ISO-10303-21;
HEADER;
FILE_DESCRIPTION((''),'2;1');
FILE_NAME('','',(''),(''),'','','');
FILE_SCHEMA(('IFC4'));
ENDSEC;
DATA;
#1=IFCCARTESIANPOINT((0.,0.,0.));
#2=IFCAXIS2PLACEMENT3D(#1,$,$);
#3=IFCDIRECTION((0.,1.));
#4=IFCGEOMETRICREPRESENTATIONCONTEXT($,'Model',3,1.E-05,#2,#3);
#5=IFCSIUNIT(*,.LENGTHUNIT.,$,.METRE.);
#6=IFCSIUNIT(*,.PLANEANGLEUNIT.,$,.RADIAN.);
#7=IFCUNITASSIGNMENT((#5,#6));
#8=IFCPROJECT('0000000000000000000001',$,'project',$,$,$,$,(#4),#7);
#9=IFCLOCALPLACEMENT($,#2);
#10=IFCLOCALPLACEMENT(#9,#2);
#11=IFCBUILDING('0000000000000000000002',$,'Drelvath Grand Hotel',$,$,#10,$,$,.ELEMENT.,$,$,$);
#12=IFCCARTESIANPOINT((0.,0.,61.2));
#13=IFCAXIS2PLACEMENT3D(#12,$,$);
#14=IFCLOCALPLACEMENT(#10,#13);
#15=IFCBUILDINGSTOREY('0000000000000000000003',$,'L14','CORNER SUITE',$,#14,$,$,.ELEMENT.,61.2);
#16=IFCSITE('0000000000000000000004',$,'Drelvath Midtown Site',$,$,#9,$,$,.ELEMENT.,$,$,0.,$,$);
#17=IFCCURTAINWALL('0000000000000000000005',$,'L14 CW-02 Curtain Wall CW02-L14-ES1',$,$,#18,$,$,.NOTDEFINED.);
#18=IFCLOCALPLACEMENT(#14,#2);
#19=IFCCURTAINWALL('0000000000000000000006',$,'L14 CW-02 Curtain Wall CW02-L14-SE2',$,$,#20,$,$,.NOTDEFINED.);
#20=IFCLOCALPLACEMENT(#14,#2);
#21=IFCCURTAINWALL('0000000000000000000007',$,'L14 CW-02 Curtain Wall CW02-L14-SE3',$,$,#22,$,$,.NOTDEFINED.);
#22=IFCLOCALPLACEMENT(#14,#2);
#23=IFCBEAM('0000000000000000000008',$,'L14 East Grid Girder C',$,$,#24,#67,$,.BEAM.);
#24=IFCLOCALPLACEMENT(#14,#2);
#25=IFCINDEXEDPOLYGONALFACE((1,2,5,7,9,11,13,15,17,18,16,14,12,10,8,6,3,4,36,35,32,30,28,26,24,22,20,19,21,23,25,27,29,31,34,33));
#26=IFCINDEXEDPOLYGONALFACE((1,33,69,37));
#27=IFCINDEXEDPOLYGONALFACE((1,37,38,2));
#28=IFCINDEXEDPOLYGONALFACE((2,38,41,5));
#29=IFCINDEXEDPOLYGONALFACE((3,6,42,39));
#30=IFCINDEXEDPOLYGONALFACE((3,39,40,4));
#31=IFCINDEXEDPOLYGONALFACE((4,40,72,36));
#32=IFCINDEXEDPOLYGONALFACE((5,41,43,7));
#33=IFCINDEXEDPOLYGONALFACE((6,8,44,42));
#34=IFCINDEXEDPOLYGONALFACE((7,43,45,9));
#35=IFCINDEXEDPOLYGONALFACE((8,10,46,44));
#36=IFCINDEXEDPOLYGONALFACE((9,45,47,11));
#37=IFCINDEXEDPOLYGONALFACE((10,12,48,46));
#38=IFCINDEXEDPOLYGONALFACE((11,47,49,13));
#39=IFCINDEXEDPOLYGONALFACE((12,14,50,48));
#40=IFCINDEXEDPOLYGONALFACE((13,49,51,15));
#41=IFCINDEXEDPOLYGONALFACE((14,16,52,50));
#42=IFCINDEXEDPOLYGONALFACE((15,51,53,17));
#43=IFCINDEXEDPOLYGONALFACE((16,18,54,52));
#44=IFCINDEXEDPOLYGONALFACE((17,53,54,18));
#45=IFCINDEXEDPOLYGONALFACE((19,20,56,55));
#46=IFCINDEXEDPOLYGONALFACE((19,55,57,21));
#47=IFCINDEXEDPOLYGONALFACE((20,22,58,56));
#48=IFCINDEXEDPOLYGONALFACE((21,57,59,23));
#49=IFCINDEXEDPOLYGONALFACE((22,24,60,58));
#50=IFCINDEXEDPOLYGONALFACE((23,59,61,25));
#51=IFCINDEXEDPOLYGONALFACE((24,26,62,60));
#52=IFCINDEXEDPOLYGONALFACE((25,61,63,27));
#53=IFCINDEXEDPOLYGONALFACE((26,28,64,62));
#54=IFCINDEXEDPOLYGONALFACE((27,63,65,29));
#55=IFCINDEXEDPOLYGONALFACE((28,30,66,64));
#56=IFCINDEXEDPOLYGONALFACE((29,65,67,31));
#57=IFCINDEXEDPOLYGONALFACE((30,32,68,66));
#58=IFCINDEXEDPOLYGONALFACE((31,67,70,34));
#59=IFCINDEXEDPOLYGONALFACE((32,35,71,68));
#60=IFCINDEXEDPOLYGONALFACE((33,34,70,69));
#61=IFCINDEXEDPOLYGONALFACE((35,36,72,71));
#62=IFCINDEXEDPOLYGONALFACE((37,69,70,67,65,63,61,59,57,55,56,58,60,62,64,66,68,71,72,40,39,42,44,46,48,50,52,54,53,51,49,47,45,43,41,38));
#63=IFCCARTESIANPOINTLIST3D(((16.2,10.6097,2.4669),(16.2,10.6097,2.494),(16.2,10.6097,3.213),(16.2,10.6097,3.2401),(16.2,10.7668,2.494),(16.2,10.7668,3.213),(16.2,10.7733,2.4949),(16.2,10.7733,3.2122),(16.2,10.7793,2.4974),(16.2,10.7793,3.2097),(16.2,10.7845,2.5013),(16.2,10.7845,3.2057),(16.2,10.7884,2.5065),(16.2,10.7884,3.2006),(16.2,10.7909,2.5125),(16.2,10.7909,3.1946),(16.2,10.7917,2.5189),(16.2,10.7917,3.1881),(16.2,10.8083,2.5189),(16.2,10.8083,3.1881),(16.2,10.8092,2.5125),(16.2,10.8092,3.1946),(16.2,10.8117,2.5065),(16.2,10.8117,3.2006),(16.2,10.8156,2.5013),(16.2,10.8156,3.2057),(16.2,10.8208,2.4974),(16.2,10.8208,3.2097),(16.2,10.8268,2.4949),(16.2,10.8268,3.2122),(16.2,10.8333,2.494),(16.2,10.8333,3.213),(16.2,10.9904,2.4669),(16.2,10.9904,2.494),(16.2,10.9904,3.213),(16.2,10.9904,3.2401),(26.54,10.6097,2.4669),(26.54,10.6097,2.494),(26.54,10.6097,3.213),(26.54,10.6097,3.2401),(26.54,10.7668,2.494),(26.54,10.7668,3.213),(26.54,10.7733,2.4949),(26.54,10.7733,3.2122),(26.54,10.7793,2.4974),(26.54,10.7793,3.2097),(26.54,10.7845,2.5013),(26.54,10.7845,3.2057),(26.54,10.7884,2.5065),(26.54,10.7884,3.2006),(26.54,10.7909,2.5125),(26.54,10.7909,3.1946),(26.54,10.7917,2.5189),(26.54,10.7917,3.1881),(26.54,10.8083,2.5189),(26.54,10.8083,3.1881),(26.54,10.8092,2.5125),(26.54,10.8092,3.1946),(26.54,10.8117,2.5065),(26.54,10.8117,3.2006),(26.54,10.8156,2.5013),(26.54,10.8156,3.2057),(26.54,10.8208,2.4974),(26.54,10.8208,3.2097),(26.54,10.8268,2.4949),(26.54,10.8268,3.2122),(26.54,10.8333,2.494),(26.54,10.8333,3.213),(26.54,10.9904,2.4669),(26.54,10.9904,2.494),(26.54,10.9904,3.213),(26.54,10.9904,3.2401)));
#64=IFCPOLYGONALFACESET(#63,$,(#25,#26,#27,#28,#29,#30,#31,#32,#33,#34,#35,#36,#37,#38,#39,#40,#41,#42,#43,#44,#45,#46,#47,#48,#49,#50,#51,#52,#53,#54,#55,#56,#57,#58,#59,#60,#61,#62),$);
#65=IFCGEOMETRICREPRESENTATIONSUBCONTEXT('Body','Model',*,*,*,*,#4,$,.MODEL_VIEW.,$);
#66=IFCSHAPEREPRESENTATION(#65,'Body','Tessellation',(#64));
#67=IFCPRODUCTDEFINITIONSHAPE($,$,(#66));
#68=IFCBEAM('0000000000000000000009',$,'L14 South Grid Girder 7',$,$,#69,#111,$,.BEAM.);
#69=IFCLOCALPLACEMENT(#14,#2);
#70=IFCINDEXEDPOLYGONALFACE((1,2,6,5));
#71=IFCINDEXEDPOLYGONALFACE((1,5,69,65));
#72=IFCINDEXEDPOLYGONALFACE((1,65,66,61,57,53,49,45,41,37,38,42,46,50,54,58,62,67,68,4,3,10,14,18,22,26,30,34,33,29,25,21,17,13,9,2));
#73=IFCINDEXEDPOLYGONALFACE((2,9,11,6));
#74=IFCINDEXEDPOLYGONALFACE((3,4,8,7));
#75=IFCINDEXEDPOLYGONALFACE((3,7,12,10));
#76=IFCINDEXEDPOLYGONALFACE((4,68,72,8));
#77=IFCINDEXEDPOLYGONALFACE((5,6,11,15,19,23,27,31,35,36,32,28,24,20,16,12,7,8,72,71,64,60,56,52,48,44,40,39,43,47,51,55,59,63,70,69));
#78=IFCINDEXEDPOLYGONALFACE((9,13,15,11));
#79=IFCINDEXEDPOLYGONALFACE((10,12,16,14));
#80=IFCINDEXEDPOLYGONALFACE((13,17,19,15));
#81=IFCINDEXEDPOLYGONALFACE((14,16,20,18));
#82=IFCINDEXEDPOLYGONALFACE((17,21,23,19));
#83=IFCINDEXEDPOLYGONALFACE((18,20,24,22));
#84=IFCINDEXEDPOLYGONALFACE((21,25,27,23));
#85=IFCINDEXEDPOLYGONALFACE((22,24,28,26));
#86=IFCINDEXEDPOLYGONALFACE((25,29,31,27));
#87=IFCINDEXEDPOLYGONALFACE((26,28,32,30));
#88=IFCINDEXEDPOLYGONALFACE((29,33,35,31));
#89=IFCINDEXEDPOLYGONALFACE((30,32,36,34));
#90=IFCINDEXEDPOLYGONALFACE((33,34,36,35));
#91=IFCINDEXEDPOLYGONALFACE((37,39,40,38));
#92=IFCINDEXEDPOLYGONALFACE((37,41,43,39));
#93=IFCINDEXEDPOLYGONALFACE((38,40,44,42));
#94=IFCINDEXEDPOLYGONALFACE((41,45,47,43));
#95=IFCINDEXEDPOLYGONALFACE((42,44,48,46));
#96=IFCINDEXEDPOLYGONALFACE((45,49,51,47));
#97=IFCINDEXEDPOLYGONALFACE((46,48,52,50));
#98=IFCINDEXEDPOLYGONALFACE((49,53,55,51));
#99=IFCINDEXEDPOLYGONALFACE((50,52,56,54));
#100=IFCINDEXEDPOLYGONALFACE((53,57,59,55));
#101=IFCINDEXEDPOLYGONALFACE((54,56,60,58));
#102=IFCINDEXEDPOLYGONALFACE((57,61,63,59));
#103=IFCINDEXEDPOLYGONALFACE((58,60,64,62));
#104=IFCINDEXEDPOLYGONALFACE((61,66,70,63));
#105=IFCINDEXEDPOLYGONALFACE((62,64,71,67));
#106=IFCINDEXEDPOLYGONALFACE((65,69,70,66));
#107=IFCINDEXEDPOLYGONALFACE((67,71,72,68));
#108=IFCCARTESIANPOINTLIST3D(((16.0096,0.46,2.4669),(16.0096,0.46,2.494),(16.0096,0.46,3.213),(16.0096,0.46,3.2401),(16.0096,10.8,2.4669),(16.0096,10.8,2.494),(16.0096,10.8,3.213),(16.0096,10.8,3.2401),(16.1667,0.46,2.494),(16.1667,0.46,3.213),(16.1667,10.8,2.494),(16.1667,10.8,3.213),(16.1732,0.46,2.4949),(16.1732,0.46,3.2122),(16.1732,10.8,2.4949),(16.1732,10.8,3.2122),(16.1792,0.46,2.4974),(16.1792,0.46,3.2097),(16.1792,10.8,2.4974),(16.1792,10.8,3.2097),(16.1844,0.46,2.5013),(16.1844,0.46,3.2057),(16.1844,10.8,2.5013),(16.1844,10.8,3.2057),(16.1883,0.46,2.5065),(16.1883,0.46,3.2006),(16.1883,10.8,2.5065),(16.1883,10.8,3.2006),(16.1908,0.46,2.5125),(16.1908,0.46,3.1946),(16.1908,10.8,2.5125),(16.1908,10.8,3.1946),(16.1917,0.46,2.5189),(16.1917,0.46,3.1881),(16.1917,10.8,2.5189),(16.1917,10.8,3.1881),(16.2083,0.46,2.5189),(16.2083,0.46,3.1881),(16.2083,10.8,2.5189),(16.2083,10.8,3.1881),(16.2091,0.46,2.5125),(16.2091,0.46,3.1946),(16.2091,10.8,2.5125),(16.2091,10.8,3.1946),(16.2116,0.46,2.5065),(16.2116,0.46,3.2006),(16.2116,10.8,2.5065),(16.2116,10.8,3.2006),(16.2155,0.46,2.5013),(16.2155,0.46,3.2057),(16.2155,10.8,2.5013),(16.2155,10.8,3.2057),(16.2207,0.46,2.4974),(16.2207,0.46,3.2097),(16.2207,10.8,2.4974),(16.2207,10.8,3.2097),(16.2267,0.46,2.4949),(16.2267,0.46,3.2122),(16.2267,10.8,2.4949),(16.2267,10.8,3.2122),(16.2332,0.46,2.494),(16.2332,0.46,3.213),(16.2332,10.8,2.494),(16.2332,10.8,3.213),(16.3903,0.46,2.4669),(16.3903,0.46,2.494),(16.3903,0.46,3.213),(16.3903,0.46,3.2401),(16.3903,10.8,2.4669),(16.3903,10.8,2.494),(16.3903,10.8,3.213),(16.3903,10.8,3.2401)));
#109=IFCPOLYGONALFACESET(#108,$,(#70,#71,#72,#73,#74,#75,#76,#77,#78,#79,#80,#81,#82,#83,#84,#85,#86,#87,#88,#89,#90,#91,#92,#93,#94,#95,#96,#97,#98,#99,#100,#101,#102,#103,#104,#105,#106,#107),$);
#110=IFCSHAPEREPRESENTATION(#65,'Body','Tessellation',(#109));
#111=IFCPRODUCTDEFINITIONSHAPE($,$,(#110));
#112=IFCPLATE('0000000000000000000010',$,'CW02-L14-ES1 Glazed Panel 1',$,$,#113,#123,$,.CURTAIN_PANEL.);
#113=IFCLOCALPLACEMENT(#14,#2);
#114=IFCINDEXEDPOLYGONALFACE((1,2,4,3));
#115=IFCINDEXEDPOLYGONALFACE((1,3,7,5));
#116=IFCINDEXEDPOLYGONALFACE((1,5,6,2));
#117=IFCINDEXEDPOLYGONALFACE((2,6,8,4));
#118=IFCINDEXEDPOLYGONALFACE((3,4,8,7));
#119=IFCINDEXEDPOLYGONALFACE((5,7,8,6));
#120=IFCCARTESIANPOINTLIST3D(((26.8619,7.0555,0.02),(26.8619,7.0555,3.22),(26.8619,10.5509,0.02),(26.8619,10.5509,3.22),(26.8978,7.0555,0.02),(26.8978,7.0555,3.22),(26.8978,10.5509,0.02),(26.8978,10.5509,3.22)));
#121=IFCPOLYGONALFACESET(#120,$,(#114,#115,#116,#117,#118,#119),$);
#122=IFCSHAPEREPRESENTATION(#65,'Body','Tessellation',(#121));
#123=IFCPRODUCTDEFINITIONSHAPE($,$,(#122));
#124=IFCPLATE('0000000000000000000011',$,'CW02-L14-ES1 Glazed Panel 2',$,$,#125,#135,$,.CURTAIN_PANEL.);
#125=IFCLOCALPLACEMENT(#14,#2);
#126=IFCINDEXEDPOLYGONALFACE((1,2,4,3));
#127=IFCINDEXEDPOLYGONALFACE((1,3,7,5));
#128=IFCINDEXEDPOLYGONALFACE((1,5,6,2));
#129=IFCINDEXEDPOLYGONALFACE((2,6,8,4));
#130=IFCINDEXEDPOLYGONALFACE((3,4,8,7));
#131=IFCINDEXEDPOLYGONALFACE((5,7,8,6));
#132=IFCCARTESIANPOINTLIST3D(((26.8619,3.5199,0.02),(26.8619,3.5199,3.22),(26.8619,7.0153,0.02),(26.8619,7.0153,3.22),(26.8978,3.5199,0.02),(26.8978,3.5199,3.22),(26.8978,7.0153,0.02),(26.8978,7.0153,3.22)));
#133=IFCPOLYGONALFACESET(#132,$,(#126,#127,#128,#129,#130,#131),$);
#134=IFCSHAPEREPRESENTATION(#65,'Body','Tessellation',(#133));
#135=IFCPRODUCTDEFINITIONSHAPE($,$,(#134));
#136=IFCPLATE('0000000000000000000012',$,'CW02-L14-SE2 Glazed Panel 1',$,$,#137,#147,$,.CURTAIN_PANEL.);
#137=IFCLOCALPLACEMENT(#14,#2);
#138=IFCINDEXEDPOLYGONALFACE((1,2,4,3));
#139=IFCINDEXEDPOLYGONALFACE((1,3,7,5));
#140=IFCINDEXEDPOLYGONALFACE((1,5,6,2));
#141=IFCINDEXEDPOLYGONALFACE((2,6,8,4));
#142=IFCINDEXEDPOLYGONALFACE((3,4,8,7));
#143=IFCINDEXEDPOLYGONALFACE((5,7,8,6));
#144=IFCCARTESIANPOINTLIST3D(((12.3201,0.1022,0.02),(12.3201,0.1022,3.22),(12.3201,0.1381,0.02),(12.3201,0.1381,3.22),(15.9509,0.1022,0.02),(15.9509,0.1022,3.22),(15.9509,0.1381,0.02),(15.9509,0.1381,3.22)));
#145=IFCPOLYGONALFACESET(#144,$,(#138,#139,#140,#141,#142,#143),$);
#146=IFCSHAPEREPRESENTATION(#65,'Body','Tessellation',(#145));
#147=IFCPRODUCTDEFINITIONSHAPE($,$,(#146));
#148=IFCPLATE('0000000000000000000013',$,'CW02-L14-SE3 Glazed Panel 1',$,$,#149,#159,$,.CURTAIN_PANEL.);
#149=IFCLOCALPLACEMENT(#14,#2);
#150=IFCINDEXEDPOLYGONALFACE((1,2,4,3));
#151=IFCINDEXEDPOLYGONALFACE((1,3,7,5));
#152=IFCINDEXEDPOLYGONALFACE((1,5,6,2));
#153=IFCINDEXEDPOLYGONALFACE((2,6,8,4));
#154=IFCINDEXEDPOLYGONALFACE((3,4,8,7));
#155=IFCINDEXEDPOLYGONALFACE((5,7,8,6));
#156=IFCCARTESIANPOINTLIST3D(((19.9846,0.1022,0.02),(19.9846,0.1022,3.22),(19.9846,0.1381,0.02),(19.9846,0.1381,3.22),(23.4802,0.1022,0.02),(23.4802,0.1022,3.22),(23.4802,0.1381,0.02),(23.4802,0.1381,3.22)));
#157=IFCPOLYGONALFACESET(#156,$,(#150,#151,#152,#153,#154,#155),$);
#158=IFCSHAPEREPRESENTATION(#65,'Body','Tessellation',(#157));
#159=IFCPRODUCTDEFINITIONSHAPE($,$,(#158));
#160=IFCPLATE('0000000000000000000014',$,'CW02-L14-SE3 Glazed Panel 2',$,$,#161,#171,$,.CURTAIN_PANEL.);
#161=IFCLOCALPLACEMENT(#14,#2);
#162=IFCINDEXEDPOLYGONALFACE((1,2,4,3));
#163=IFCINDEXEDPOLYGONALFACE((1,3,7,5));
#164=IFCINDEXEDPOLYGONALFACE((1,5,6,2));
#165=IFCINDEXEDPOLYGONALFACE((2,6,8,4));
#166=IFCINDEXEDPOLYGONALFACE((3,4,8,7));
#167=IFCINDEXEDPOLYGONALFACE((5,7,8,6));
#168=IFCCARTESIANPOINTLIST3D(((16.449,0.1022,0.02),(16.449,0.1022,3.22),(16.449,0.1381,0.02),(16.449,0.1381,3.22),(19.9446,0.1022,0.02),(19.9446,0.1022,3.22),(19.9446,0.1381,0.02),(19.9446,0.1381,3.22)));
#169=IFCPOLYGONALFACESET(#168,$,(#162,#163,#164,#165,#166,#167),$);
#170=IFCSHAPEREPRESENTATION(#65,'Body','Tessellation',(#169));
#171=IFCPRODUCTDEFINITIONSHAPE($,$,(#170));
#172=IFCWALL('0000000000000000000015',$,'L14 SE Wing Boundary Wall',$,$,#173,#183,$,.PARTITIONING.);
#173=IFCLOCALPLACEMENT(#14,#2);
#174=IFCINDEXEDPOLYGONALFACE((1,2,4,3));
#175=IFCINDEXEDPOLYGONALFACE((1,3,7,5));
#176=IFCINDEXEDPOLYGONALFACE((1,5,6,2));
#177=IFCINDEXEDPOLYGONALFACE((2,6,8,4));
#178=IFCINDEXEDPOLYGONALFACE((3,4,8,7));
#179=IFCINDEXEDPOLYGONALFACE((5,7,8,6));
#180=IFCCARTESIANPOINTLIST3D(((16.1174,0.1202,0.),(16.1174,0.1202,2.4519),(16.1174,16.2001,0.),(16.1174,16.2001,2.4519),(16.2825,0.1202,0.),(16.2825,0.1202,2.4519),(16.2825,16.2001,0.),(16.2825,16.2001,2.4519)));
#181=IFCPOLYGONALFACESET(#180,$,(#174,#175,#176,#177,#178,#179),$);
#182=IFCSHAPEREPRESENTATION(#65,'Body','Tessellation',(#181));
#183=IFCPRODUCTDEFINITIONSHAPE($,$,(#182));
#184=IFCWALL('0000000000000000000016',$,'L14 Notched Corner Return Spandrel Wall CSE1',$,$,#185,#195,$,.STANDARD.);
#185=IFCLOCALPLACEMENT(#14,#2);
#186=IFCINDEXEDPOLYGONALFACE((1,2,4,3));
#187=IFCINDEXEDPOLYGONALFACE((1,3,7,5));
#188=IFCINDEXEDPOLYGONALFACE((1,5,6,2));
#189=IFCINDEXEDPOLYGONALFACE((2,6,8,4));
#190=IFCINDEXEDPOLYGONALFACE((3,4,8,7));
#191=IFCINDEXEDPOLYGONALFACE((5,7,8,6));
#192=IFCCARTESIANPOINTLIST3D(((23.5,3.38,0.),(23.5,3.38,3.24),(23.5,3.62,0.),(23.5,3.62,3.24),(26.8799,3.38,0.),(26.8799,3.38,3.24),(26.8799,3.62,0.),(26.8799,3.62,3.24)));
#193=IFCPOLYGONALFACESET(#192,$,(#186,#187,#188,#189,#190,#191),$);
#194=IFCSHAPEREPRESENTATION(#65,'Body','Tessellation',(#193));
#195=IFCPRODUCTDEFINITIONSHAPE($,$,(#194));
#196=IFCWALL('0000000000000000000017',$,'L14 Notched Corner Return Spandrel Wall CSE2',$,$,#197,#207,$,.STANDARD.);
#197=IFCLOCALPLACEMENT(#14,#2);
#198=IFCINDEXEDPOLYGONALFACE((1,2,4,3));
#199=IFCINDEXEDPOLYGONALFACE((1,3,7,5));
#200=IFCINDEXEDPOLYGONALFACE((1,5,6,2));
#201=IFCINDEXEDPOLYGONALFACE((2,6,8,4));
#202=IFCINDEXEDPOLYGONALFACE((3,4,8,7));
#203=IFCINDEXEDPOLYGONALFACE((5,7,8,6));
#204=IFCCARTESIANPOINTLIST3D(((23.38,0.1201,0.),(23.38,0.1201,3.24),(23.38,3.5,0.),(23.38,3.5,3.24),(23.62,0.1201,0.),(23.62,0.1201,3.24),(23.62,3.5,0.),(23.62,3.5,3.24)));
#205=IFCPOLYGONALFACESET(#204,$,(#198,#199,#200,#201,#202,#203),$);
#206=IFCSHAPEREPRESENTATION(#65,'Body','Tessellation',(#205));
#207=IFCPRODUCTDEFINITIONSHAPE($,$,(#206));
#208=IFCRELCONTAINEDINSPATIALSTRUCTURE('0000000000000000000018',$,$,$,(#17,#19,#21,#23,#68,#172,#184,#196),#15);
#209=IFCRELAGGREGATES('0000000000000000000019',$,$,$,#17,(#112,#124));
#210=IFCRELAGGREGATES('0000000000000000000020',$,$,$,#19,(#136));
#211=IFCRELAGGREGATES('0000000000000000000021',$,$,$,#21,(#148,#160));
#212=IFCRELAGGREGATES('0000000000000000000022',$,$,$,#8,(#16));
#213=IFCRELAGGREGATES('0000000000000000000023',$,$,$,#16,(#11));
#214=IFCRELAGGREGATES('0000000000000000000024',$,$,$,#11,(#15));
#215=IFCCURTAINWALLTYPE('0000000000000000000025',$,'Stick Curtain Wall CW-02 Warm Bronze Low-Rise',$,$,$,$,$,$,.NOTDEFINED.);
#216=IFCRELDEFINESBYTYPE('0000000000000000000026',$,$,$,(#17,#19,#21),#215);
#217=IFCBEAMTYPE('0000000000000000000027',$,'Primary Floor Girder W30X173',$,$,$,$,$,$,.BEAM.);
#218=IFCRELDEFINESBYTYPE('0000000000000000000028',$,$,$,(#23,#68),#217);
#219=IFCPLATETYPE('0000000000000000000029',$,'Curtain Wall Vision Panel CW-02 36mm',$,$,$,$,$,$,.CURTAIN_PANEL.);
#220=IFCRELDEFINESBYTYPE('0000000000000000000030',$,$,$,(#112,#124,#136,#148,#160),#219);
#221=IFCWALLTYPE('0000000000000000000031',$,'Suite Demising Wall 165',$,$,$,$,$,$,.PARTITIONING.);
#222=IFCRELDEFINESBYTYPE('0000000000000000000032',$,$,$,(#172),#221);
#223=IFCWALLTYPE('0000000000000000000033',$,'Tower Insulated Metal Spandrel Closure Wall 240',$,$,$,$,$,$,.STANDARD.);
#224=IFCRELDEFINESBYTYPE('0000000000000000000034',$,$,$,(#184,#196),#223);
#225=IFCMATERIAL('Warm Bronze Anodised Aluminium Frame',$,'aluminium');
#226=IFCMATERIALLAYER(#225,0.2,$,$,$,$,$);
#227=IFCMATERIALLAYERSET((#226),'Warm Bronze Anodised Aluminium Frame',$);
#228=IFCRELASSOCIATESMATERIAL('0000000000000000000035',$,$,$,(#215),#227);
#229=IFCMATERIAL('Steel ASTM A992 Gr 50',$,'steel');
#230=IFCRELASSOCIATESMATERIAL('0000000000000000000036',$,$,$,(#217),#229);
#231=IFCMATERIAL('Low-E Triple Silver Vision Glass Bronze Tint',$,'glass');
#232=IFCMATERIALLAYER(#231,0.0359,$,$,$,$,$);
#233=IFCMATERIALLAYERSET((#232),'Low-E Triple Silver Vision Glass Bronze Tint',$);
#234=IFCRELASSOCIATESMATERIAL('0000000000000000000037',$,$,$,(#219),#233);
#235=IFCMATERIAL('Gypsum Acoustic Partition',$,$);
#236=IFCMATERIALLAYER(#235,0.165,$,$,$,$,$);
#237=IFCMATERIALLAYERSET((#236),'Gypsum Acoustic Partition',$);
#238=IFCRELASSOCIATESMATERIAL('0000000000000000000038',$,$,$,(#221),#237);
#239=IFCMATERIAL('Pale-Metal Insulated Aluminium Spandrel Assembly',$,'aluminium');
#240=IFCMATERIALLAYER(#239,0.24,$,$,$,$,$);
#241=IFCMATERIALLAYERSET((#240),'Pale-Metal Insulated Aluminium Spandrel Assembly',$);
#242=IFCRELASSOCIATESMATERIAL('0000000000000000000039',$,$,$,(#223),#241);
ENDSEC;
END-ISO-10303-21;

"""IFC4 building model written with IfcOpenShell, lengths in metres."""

from ifc_helpers import new_model, si_unit, direction, frame, frame_2d, origin, origin_2d, place, context, subcontext, project, spatial, rectangle, i_section, extrude, material, layer, layer_set, material_profile, profile_set, type_object, element, aggregate, save


model = new_model("IFC4")

# Units and contexts
model_context = context("Model", 3, precision=1e-05, world=origin(), true_north=direction((0.0, 1.0)))
body_context = subcontext(model_context, "Body", "Model", "MODEL_VIEW")
ifc_project = project(units=[si_unit("LENGTHUNIT", "METRE"), si_unit("PLANEANGLEUNIT", "RADIAN")], contexts=[model_context])

# Site, building, storey
site_placement = place(None, origin())
site = spatial("IfcSite", under=ifc_project, at=site_placement, Name="Drelvath Midtown Site", CompositionType="ELEMENT", RefElevation=0.0)
building_placement = place(site_placement, origin())
building = spatial("IfcBuilding", under=site, at=building_placement, Name="Drelvath Grand Hotel", CompositionType="ELEMENT")
storey_placement = place(building_placement, frame((0.0, 0.0, 61.2)))
storey = spatial("IfcBuildingStorey", under=building, at=storey_placement, Name="L14", Description="CORNER SUITE", CompositionType="ELEMENT", Elevation=61.2)

# Shared definitions
ifc_material_1 = material(Name="Steel ASTM A992 Gr 50", Category="steel")

# Curtain walls
ifc_material_2 = material(Name="Warm Bronze Anodised Aluminium Frame", Category="aluminium")
ifc_layer_1 = layer(ifc_material_2, 0.2)
ifc_layer_set_1 = layer_set([ifc_layer_1], Name="Warm Bronze Anodised Aluminium Frame")
curtain_wall_type = type_object("IfcCurtainWallType", Name="Stick Curtain Wall CW-02 Warm Bronze Low-Rise", PredefinedType="NOTDEFINED", material=ifc_layer_set_1)
curtain_wall_1_placement = place(storey_placement, origin())
curtain_wall_1 = element("IfcCurtainWall", 1, at=curtain_wall_1_placement, inside=storey, type_object=curtain_wall_type, Name="L14 CW-02 Curtain Wall CW02-L14-ES1", PredefinedType="NOTDEFINED")
curtain_wall_2_placement = place(storey_placement, origin())
curtain_wall_2 = element("IfcCurtainWall", 2, at=curtain_wall_2_placement, inside=storey, type_object=curtain_wall_type, Name="L14 CW-02 Curtain Wall CW02-L14-SE2", PredefinedType="NOTDEFINED")
curtain_wall_3_placement = place(storey_placement, origin())
curtain_wall_3 = element("IfcCurtainWall", 3, at=curtain_wall_3_placement, inside=storey, type_object=curtain_wall_type, Name="L14 CW-02 Curtain Wall CW02-L14-SE3", PredefinedType="NOTDEFINED")

# Beams
ifc_material_profile_1 = material_profile(ifc_material_1, i_section(OverallWidth=0.3806, OverallDepth=0.7732, WebThickness=0.0166, FlangeThickness=0.0271, FilletRadius=0.0249, at=origin_2d()), Name="W30X173")
ifc_profile_set_1 = profile_set([ifc_material_profile_1], Name="Steel ASTM A992 Gr 50")
beam_type_1 = type_object("IfcBeamType", Name="Primary Floor Girder W30X173", PredefinedType="BEAM", material=ifc_profile_set_1)
for number, where, z_axis, x_axis, name in (
    (4, (16.2, 10.8, 2.8535), (1.0, 0.0, 0.0), (0.0, 1.0, 0.0), "L14 East Grid Girder C"),
    (5, (16.2, 0.46, 2.8535), (0.0, 1.0, 0.0), (-1.0, 0.0, 0.0), "L14 South Grid Girder 7"),
):
    element("IfcBeam", number, at=place(storey_placement, frame(where, z_axis=z_axis, x_axis=x_axis)), inside=storey, type_object=beam_type_1, Name=name, PredefinedType="BEAM", context=body_context, shape_type="SweptSolid", body=[
        extrude(i_section(OverallWidth=0.3806, OverallDepth=0.7732, WebThickness=0.0166, FlangeThickness=0.0271, FilletRadius=0.0249, at=origin_2d()), origin(), (0.0, 0.0, 1.0), 10.3401),
    ])

# Plates
ifc_material_3 = material(Name="Low-E Triple Silver Vision Glass Bronze Tint", Category="glass")
ifc_layer_2 = layer(ifc_material_3, 0.0359)
ifc_layer_set_2 = layer_set([ifc_layer_2], Name="Low-E Triple Silver Vision Glass Bronze Tint")
plate_type = type_object("IfcPlateType", Name="Curtain Wall Vision Panel CW-02 36mm", PredefinedType="CURTAIN_PANEL", material=ifc_layer_set_2)
plate_1_placement = place(storey_placement, frame((26.8799, 8.8032, 0.02), z_axis=(0.0, 0.0, 1.0), x_axis=(0.0, -1.0, 0.0)))
plate_1 = element("IfcPlate", 6, at=plate_1_placement, type_object=plate_type, Name="CW02-L14-ES1 Glazed Panel 1", PredefinedType="CURTAIN_PANEL", context=body_context, shape_type="SweptSolid", body=[
    extrude(rectangle(XDim=3.4954, YDim=0.0359, at=origin_2d()), origin(), (0.0, 0.0, 1.0), 3.2),
])
plate_2_placement = place(storey_placement, frame((26.8799, 5.2676, 0.02), z_axis=(0.0, 0.0, 1.0), x_axis=(0.0, -1.0, 0.0)))
plate_2 = element("IfcPlate", 7, at=plate_2_placement, type_object=plate_type, Name="CW02-L14-ES1 Glazed Panel 2", PredefinedType="CURTAIN_PANEL", context=body_context, shape_type="SweptSolid", body=[
    extrude(rectangle(XDim=3.4954, YDim=0.0359, at=origin_2d()), origin(), (0.0, 0.0, 1.0), 3.2),
])
aggregate(curtain_wall_1, [plate_1, plate_2])
plate_3_placement = place(storey_placement, frame((14.1355, 0.1201, 0.02), z_axis=(0.0, 0.0, 1.0), x_axis=(-1.0, 0.0, 0.0)))
plate_3 = element("IfcPlate", 8, at=plate_3_placement, type_object=plate_type, Name="CW02-L14-SE2 Glazed Panel 1", PredefinedType="CURTAIN_PANEL", context=body_context, shape_type="SweptSolid", body=[
    extrude(rectangle(XDim=3.6309, YDim=0.0359, at=origin_2d()), origin(), (0.0, 0.0, 1.0), 3.2),
])
aggregate(curtain_wall_2, [plate_3])
plate_4_placement = place(storey_placement, frame((21.7324, 0.1201, 0.02), z_axis=(0.0, 0.0, 1.0), x_axis=(-1.0, 0.0, 0.0)))
plate_4 = element("IfcPlate", 9, at=plate_4_placement, type_object=plate_type, Name="CW02-L14-SE3 Glazed Panel 1", PredefinedType="CURTAIN_PANEL", context=body_context, shape_type="SweptSolid", body=[
    extrude(rectangle(XDim=3.4956, YDim=0.0359, at=origin_2d()), origin(), (0.0, 0.0, 1.0), 3.2),
])
plate_5_placement = place(storey_placement, frame((18.1968, 0.1201, 0.02), z_axis=(0.0, 0.0, 1.0), x_axis=(-1.0, 0.0, 0.0)))
plate_5 = element("IfcPlate", 10, at=plate_5_placement, type_object=plate_type, Name="CW02-L14-SE3 Glazed Panel 2", PredefinedType="CURTAIN_PANEL", context=body_context, shape_type="SweptSolid", body=[
    extrude(rectangle(XDim=3.4956, YDim=0.0359, at=origin_2d()), origin(), (0.0, 0.0, 1.0), 3.2),
])
aggregate(curtain_wall_3, [plate_4, plate_5])

# Walls
ifc_material_4 = material(Name="Gypsum Acoustic Partition")
ifc_layer_3 = layer(ifc_material_4, 0.165)
ifc_layer_set_3 = layer_set([ifc_layer_3], Name="Gypsum Acoustic Partition")
wall_type_1 = type_object("IfcWallType", Name="Suite Demising Wall 165", PredefinedType="PARTITIONING", material=ifc_layer_set_3)
wall_placement = place(storey_placement, frame((16.2, 0.1201, 0.0), z_axis=(0.0, 0.0, 1.0), x_axis=(0.0, 1.0, 0.0)))
element("IfcWall", 11, at=wall_placement, inside=storey, type_object=wall_type_1, Name="L14 SE Wing Boundary Wall", PredefinedType="PARTITIONING", context=body_context, shape_type="SweptSolid", body=[
    extrude(rectangle(XDim=16.0798, YDim=0.165, at=frame_2d((8.04, 0.0))), origin(), (0.0, 0.0, 1.0), 2.4519),
])
ifc_material_5 = material(Name="Pale-Metal Insulated Aluminium Spandrel Assembly", Category="aluminium")
ifc_layer_4 = layer(ifc_material_5, 0.24)
ifc_layer_set_4 = layer_set([ifc_layer_4], Name="Pale-Metal Insulated Aluminium Spandrel Assembly")
wall_type_2 = type_object("IfcWallType", Name="Tower Insulated Metal Spandrel Closure Wall 240", PredefinedType="STANDARD", material=ifc_layer_set_4)
for number, where, z_axis, x_axis, name in (
    (12, (26.8799, 3.5, 0.0), (0.0, 0.0, 1.0), (-1.0, 0.0, 0.0), "L14 Notched Corner Return Spandrel Wall CSE1"),
    (13, (23.5, 3.5, 0.0), (0.0, 0.0, 1.0), (0.0, -1.0, 0.0), "L14 Notched Corner Return Spandrel Wall CSE2"),
):
    element("IfcWall", number, at=place(storey_placement, frame(where, z_axis=z_axis, x_axis=x_axis)), inside=storey, type_object=wall_type_2, Name=name, PredefinedType="STANDARD", context=body_context, shape_type="SweptSolid", body=[
        extrude(rectangle(XDim=3.3799, YDim=0.24, at=frame_2d((1.6899, 0.0))), origin(), (0.0, 0.0, 1.0), 3.24),
    ])

save(model, "model.ifc")
